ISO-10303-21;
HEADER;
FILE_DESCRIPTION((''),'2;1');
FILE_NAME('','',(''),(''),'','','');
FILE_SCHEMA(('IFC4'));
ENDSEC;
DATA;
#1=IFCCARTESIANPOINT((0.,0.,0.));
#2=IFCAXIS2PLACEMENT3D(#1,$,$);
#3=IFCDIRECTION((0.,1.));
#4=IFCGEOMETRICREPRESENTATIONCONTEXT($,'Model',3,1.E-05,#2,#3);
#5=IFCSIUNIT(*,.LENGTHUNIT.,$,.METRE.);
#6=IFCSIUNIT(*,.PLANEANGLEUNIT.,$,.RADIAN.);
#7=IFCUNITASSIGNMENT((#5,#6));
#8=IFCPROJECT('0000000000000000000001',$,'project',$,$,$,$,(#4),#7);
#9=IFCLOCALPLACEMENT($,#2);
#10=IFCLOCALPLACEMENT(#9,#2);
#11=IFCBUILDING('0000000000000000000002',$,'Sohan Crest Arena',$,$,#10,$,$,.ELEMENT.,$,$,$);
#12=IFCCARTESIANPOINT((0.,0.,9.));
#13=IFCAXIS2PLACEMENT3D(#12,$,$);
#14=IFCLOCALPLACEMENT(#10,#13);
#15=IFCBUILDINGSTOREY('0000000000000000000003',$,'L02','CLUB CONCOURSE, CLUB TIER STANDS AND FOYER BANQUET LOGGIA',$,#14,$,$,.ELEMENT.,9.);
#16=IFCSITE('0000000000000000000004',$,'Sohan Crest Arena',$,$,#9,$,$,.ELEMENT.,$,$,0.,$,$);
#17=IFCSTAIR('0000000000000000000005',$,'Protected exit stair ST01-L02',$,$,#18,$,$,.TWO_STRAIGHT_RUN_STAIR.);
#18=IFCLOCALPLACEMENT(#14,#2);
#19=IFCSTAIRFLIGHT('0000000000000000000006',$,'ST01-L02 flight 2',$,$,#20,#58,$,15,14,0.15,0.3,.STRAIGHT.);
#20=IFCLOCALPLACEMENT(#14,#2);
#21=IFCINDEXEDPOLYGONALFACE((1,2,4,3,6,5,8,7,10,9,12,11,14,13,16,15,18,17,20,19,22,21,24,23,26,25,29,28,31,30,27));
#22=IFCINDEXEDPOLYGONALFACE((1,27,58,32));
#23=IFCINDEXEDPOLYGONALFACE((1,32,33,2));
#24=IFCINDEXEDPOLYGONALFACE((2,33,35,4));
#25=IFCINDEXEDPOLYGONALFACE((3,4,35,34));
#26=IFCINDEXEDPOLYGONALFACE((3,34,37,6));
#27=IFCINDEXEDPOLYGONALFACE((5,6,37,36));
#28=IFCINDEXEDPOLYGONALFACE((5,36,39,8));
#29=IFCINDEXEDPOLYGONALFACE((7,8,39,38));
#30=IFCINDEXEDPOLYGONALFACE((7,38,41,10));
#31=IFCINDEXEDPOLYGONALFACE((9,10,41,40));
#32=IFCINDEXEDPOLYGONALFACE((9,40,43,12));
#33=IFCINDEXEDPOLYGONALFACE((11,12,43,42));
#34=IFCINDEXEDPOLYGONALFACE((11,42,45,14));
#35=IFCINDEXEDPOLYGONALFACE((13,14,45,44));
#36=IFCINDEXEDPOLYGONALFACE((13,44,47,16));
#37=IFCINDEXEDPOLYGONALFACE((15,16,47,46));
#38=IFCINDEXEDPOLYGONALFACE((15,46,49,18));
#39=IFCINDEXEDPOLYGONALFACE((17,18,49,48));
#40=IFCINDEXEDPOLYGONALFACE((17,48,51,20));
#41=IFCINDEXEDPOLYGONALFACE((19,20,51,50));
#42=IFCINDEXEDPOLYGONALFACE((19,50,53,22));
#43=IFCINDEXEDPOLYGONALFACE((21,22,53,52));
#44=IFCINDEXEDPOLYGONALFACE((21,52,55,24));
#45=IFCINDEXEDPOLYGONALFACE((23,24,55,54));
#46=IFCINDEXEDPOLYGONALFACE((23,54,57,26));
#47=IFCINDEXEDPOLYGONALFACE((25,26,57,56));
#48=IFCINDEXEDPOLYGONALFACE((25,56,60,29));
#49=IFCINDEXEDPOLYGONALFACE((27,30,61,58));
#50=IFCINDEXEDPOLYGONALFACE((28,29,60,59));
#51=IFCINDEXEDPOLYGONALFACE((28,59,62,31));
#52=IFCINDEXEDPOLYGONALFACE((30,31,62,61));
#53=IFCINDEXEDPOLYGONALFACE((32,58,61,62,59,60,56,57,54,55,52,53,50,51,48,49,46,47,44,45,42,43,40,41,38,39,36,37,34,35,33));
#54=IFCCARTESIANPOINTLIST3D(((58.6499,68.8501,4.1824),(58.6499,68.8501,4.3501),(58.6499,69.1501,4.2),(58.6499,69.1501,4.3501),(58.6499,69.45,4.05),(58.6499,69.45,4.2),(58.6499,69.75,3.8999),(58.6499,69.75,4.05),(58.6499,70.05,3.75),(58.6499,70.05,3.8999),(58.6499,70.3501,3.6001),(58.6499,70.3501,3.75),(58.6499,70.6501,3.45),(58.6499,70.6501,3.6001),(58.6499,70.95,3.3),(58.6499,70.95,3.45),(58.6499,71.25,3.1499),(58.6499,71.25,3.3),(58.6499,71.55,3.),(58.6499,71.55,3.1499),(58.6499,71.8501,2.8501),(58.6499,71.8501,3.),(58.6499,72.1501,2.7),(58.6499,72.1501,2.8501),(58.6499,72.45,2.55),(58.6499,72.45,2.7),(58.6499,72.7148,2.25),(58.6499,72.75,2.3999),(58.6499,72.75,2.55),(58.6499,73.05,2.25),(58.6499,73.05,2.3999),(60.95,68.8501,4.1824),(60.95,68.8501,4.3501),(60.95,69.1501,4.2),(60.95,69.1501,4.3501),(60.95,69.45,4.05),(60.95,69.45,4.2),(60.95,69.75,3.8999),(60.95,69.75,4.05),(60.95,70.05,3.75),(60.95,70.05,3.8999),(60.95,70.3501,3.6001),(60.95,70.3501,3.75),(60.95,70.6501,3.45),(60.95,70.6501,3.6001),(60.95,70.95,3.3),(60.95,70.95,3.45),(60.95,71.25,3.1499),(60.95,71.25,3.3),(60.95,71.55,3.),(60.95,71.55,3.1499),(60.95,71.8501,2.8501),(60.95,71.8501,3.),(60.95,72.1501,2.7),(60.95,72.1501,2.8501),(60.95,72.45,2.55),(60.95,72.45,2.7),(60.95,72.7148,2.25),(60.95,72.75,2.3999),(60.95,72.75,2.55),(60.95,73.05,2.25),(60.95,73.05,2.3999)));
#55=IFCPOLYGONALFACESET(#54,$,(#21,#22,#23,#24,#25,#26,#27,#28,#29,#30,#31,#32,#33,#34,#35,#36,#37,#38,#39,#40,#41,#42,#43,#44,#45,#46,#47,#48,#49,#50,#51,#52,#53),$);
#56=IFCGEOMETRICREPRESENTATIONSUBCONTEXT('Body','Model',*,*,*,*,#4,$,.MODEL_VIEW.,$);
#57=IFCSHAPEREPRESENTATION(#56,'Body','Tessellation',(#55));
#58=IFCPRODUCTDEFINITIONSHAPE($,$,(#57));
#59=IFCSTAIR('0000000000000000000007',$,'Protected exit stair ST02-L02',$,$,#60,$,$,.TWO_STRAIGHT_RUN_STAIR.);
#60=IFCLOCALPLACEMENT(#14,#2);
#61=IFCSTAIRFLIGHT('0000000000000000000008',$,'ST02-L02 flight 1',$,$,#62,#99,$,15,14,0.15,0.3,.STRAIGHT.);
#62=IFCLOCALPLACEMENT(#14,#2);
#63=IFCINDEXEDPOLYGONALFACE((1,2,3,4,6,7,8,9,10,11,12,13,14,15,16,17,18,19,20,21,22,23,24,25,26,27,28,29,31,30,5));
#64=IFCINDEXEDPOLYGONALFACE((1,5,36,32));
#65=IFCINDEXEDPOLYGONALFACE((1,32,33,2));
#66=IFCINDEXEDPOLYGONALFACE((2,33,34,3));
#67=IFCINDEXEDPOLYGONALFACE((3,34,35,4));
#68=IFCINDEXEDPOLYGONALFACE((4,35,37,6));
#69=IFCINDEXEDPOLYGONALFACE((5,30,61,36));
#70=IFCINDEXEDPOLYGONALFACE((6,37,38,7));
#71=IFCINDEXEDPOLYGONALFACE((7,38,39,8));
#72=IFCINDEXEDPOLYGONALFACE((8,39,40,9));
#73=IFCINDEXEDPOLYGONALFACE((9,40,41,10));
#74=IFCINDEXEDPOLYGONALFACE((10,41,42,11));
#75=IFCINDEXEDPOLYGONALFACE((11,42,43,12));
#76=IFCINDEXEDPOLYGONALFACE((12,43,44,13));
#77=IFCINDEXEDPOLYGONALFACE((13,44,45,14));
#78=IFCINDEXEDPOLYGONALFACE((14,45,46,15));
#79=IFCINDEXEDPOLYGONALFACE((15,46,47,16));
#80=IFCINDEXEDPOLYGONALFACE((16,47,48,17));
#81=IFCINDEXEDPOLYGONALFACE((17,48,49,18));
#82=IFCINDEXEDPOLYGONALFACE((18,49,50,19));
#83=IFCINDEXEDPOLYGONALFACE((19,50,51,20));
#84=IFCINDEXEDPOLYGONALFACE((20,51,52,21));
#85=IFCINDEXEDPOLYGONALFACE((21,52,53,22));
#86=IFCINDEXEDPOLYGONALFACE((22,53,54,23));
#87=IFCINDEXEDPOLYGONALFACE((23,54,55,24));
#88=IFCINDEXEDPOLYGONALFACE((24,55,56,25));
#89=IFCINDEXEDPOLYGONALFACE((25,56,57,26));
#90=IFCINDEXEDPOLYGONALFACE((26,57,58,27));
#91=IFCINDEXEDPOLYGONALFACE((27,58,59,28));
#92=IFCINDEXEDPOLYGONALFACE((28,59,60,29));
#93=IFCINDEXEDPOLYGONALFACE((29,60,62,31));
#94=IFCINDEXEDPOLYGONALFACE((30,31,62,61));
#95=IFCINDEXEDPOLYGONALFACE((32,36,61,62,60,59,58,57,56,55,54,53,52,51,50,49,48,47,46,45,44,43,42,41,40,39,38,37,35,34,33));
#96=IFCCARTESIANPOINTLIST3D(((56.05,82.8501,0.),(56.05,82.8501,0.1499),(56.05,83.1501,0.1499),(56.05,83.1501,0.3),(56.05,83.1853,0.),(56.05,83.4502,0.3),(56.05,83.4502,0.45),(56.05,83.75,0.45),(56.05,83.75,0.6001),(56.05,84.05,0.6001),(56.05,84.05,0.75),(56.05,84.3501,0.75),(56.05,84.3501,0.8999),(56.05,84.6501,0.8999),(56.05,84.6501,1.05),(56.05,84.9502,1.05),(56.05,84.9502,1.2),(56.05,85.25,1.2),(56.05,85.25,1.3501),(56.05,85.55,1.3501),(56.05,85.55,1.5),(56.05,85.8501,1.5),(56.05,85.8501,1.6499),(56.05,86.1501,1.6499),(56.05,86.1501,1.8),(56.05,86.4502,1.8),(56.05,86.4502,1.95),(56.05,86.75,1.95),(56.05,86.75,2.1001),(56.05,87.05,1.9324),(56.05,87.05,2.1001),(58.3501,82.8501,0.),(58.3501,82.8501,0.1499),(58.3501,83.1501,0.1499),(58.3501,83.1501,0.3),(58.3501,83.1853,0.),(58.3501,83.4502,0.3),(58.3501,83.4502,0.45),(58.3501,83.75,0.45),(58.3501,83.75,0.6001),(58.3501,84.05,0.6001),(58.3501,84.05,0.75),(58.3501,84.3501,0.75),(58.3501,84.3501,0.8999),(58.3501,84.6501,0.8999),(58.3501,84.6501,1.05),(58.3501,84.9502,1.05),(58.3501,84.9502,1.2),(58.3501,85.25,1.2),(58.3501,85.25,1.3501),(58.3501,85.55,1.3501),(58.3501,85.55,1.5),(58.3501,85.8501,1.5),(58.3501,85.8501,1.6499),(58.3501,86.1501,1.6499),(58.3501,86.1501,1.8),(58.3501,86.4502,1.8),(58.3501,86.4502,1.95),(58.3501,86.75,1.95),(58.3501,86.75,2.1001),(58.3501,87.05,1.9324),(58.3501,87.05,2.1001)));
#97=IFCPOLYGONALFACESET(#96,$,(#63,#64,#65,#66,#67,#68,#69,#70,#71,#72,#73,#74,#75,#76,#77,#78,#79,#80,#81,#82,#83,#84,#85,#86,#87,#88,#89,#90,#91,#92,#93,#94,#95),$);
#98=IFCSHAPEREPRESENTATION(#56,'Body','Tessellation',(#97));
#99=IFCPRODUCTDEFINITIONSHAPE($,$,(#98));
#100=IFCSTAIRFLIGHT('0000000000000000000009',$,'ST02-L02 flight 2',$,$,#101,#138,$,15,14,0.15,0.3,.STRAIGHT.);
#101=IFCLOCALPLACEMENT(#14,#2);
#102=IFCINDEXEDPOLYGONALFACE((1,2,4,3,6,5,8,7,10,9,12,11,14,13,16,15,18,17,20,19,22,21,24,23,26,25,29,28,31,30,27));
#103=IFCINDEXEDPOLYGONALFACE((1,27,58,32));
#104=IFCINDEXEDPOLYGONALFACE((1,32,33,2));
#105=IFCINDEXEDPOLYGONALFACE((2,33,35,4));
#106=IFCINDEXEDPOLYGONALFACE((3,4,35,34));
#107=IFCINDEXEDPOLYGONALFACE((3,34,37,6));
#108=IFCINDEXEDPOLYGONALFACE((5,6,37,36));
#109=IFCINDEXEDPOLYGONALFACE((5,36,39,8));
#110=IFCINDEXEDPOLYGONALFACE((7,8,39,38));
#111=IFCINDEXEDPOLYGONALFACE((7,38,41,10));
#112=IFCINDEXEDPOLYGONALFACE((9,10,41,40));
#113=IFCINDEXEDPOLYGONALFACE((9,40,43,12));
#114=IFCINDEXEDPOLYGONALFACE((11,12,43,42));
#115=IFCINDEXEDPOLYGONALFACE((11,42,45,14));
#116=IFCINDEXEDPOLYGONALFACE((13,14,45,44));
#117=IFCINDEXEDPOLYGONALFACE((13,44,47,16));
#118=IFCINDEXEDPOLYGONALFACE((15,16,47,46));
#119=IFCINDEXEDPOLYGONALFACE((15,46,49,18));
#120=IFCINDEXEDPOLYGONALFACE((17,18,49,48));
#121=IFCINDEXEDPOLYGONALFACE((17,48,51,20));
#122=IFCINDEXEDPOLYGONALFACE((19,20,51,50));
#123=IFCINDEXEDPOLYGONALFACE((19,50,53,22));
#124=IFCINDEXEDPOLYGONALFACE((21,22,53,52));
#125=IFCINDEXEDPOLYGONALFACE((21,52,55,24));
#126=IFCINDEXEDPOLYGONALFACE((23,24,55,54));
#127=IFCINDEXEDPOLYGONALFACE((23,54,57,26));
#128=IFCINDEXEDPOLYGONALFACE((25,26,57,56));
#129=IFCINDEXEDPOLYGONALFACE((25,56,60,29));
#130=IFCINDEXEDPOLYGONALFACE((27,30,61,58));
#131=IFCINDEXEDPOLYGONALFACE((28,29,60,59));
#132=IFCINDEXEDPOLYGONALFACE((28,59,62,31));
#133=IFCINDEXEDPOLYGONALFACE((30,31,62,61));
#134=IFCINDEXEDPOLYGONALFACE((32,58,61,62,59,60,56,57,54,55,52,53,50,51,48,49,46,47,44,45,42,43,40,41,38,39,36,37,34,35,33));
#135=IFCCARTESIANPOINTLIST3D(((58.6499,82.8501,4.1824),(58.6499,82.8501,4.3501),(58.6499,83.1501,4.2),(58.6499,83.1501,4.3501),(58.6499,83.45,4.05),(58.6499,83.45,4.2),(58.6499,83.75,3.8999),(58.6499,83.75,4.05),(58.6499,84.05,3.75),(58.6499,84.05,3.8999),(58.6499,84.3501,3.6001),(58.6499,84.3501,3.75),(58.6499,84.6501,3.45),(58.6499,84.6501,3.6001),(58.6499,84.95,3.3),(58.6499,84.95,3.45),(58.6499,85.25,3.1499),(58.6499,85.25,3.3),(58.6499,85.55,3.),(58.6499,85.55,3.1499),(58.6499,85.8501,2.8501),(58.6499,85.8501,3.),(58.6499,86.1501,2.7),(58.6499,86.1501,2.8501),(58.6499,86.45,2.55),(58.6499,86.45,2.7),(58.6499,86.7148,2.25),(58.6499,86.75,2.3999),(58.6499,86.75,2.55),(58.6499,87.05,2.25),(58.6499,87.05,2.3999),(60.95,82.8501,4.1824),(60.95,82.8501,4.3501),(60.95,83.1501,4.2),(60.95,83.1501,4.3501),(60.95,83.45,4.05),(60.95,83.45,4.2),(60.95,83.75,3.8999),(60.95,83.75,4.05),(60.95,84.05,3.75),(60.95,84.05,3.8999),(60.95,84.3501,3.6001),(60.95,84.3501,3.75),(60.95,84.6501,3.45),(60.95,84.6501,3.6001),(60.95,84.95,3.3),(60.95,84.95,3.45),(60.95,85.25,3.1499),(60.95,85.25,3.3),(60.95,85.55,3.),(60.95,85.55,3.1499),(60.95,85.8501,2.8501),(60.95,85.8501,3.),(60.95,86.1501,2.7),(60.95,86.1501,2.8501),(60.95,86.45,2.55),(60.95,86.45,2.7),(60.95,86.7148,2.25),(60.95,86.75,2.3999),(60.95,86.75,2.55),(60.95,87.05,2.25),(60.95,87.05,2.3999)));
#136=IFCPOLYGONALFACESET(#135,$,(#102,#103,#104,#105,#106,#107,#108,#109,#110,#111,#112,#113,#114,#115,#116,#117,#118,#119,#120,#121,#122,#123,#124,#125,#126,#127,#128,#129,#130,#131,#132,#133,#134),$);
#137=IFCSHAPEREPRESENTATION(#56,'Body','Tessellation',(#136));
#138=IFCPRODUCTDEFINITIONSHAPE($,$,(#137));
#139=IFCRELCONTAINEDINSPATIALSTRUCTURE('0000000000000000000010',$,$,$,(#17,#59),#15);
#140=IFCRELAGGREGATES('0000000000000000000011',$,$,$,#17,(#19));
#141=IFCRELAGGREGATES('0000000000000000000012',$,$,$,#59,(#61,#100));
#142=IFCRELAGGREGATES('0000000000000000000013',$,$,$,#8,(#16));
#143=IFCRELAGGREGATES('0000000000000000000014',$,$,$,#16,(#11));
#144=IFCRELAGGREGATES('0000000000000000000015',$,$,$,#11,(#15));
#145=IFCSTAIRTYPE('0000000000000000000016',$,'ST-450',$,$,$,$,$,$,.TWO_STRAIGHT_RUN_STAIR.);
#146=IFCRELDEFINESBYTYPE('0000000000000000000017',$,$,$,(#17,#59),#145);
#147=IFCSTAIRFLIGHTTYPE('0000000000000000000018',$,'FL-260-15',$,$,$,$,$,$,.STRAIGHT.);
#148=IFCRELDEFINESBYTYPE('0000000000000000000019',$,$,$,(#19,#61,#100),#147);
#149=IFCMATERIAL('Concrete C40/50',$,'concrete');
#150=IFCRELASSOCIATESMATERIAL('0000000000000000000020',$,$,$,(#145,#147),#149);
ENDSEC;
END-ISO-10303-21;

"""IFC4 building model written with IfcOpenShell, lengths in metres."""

from ifc_helpers import new_model, si_unit, direction, frame, origin, place, context, subcontext, project, spatial, polyline, outline, extrude, material, type_object, element, aggregate, save


model = new_model("IFC4")

# Units and contexts
model_context = context("Model", 3, precision=1e-05, world=origin(), true_north=direction((0.0, 1.0)))
body_context = subcontext(model_context, "Body", "Model", "MODEL_VIEW")
ifc_project = project(units=[si_unit("LENGTHUNIT", "METRE"), si_unit("PLANEANGLEUNIT", "RADIAN")], contexts=[model_context])

# Site, building, storey
site_placement = place(None, origin())
site = spatial("IfcSite", under=ifc_project, at=site_placement, Name="Sohan Crest Arena", CompositionType="ELEMENT", RefElevation=0.0)
building_placement = place(site_placement, origin())
building = spatial("IfcBuilding", under=site, at=building_placement, Name="Sohan Crest Arena", CompositionType="ELEMENT")
storey_placement = place(building_placement, frame((0.0, 0.0, 9.0)))
storey = spatial("IfcBuildingStorey", under=building, at=storey_placement, Name="L02", Description="CLUB CONCOURSE, CLUB TIER STANDS AND FOYER BANQUET LOGGIA", CompositionType="ELEMENT", Elevation=9.0)

# Shared definitions
ifc_material_1 = material(Name="Concrete C40/50", Category="concrete")

# Stair, stair flight
stair_type = type_object("IfcStairType", Name="ST-450", PredefinedType="TWO_STRAIGHT_RUN_STAIR", material=ifc_material_1)
stair_1_placement = place(storey_placement, origin())
stair_1 = element("IfcStair", 1, at=stair_1_placement, inside=storey, type_object=stair_type, Name="Protected exit stair ST01-L02", PredefinedType="TWO_STRAIGHT_RUN_STAIR")
stair_flight_type = type_object("IfcStairFlightType", Name="FL-260-15", PredefinedType="STRAIGHT", material=ifc_material_1)
stair_flight_1_placement = place(storey_placement, frame((59.8, 73.05, 2.25), z_axis=(0.0, 0.0, 1.0), x_axis=(0.0, -1.0, 0.0)))
stair_flight_1 = element("IfcStairFlight", 2, at=stair_flight_1_placement, type_object=stair_flight_type, Name="ST01-L02 flight 2", NumberOfRisers=15, NumberOfTreads=14, PredefinedType="STRAIGHT", RiserHeight=0.15, TreadLength=0.3, context=body_context, shape_type="SweptSolid", body=[
    extrude(outline(polyline([(0.0, 0.0), (0.0, 0.1499), (0.3, 0.1499), (0.3, 0.3), (0.6001, 0.3), (0.6001, 0.45), (0.8999, 0.45), (0.8999, 0.6001), (1.2, 0.6001), (1.2, 0.75), (1.5, 0.75), (1.5, 0.8999), (1.8, 0.8999), (1.8, 1.05), (2.1001, 1.05), (2.1001, 1.2), (2.3999, 1.2), (2.3999, 1.3501), (2.7, 1.3501), (2.7, 1.5), (3.0, 1.5), (3.0, 1.6499), (3.3, 1.6499), (3.3, 1.8), (3.6001, 1.8), (3.6001, 1.95), (3.8999, 1.95), (3.8999, 2.1001), (4.2, 2.1001), (4.2, 2.25), (4.2, 1.9324), (0.3352, 0.0), (0.0, 0.0)])), frame((0.0, 1.1499, 0.0), z_axis=(0.0, -1.0, 0.0), x_axis=(1.0, 0.0, 0.0)), (0.0, 0.0, 1.0), 2.3),
])
aggregate(stair_1, [stair_flight_1])

# Stair, stair flights
stair_2_placement = place(storey_placement, origin())
stair_2 = element("IfcStair", 3, at=stair_2_placement, inside=storey, type_object=stair_type, Name="Protected exit stair ST02-L02", PredefinedType="TWO_STRAIGHT_RUN_STAIR")
stair_flight_2_placement = place(storey_placement, frame((57.2, 82.8501, 0.0), z_axis=(0.0, 0.0, 1.0), x_axis=(0.0, 1.0, 0.0)))
stair_flight_2 = element("IfcStairFlight", 4, at=stair_flight_2_placement, type_object=stair_flight_type, Name="ST02-L02 flight 1", NumberOfRisers=15, NumberOfTreads=14, PredefinedType="STRAIGHT", RiserHeight=0.15, TreadLength=0.3, context=body_context, shape_type="SweptSolid", body=[
    extrude(outline(polyline([(0.0, 0.0), (0.0, 0.1499), (0.3, 0.1499), (0.3, 0.3), (0.6001, 0.3), (0.6001, 0.45), (0.8999, 0.45), (0.8999, 0.6001), (1.2, 0.6001), (1.2, 0.75), (1.5, 0.75), (1.5, 0.8999), (1.8, 0.8999), (1.8, 1.05), (2.1001, 1.05), (2.1001, 1.2), (2.3999, 1.2), (2.3999, 1.3501), (2.7, 1.3501), (2.7, 1.5), (3.0, 1.5), (3.0, 1.6499), (3.3, 1.6499), (3.3, 1.8), (3.6001, 1.8), (3.6001, 1.95), (3.8999, 1.95), (3.8999, 2.1001), (4.2, 2.1001), (4.2, 2.25), (4.2, 1.9324), (0.3352, 0.0), (0.0, 0.0)])), frame((0.0, 1.1499, 0.0), z_axis=(0.0, -1.0, 0.0), x_axis=(1.0, 0.0, 0.0)), (0.0, 0.0, 1.0), 2.3),
])
stair_flight_3_placement = place(storey_placement, frame((59.8, 87.05, 2.25), z_axis=(0.0, 0.0, 1.0), x_axis=(0.0, -1.0, 0.0)))
stair_flight_3 = element("IfcStairFlight", 5, at=stair_flight_3_placement, type_object=stair_flight_type, Name="ST02-L02 flight 2", NumberOfRisers=15, NumberOfTreads=14, PredefinedType="STRAIGHT", RiserHeight=0.15, TreadLength=0.3, context=body_context, shape_type="SweptSolid", body=[
    extrude(outline(polyline([(0.0, 0.0), (0.0, 0.1499), (0.3, 0.1499), (0.3, 0.3), (0.6001, 0.3), (0.6001, 0.45), (0.8999, 0.45), (0.8999, 0.6001), (1.2, 0.6001), (1.2, 0.75), (1.5, 0.75), (1.5, 0.8999), (1.8, 0.8999), (1.8, 1.05), (2.1001, 1.05), (2.1001, 1.2), (2.3999, 1.2), (2.3999, 1.3501), (2.7, 1.3501), (2.7, 1.5), (3.0, 1.5), (3.0, 1.6499), (3.3, 1.6499), (3.3, 1.8), (3.6001, 1.8), (3.6001, 1.95), (3.8999, 1.95), (3.8999, 2.1001), (4.2, 2.1001), (4.2, 2.25), (4.2, 1.9324), (0.3352, 0.0), (0.0, 0.0)])), frame((0.0, 1.1499, 0.0), z_axis=(0.0, -1.0, 0.0), x_axis=(1.0, 0.0, 0.0)), (0.0, 0.0, 1.0), 2.3),
])
aggregate(stair_2, [stair_flight_2, stair_flight_3])

save(model, "model.ifc")
